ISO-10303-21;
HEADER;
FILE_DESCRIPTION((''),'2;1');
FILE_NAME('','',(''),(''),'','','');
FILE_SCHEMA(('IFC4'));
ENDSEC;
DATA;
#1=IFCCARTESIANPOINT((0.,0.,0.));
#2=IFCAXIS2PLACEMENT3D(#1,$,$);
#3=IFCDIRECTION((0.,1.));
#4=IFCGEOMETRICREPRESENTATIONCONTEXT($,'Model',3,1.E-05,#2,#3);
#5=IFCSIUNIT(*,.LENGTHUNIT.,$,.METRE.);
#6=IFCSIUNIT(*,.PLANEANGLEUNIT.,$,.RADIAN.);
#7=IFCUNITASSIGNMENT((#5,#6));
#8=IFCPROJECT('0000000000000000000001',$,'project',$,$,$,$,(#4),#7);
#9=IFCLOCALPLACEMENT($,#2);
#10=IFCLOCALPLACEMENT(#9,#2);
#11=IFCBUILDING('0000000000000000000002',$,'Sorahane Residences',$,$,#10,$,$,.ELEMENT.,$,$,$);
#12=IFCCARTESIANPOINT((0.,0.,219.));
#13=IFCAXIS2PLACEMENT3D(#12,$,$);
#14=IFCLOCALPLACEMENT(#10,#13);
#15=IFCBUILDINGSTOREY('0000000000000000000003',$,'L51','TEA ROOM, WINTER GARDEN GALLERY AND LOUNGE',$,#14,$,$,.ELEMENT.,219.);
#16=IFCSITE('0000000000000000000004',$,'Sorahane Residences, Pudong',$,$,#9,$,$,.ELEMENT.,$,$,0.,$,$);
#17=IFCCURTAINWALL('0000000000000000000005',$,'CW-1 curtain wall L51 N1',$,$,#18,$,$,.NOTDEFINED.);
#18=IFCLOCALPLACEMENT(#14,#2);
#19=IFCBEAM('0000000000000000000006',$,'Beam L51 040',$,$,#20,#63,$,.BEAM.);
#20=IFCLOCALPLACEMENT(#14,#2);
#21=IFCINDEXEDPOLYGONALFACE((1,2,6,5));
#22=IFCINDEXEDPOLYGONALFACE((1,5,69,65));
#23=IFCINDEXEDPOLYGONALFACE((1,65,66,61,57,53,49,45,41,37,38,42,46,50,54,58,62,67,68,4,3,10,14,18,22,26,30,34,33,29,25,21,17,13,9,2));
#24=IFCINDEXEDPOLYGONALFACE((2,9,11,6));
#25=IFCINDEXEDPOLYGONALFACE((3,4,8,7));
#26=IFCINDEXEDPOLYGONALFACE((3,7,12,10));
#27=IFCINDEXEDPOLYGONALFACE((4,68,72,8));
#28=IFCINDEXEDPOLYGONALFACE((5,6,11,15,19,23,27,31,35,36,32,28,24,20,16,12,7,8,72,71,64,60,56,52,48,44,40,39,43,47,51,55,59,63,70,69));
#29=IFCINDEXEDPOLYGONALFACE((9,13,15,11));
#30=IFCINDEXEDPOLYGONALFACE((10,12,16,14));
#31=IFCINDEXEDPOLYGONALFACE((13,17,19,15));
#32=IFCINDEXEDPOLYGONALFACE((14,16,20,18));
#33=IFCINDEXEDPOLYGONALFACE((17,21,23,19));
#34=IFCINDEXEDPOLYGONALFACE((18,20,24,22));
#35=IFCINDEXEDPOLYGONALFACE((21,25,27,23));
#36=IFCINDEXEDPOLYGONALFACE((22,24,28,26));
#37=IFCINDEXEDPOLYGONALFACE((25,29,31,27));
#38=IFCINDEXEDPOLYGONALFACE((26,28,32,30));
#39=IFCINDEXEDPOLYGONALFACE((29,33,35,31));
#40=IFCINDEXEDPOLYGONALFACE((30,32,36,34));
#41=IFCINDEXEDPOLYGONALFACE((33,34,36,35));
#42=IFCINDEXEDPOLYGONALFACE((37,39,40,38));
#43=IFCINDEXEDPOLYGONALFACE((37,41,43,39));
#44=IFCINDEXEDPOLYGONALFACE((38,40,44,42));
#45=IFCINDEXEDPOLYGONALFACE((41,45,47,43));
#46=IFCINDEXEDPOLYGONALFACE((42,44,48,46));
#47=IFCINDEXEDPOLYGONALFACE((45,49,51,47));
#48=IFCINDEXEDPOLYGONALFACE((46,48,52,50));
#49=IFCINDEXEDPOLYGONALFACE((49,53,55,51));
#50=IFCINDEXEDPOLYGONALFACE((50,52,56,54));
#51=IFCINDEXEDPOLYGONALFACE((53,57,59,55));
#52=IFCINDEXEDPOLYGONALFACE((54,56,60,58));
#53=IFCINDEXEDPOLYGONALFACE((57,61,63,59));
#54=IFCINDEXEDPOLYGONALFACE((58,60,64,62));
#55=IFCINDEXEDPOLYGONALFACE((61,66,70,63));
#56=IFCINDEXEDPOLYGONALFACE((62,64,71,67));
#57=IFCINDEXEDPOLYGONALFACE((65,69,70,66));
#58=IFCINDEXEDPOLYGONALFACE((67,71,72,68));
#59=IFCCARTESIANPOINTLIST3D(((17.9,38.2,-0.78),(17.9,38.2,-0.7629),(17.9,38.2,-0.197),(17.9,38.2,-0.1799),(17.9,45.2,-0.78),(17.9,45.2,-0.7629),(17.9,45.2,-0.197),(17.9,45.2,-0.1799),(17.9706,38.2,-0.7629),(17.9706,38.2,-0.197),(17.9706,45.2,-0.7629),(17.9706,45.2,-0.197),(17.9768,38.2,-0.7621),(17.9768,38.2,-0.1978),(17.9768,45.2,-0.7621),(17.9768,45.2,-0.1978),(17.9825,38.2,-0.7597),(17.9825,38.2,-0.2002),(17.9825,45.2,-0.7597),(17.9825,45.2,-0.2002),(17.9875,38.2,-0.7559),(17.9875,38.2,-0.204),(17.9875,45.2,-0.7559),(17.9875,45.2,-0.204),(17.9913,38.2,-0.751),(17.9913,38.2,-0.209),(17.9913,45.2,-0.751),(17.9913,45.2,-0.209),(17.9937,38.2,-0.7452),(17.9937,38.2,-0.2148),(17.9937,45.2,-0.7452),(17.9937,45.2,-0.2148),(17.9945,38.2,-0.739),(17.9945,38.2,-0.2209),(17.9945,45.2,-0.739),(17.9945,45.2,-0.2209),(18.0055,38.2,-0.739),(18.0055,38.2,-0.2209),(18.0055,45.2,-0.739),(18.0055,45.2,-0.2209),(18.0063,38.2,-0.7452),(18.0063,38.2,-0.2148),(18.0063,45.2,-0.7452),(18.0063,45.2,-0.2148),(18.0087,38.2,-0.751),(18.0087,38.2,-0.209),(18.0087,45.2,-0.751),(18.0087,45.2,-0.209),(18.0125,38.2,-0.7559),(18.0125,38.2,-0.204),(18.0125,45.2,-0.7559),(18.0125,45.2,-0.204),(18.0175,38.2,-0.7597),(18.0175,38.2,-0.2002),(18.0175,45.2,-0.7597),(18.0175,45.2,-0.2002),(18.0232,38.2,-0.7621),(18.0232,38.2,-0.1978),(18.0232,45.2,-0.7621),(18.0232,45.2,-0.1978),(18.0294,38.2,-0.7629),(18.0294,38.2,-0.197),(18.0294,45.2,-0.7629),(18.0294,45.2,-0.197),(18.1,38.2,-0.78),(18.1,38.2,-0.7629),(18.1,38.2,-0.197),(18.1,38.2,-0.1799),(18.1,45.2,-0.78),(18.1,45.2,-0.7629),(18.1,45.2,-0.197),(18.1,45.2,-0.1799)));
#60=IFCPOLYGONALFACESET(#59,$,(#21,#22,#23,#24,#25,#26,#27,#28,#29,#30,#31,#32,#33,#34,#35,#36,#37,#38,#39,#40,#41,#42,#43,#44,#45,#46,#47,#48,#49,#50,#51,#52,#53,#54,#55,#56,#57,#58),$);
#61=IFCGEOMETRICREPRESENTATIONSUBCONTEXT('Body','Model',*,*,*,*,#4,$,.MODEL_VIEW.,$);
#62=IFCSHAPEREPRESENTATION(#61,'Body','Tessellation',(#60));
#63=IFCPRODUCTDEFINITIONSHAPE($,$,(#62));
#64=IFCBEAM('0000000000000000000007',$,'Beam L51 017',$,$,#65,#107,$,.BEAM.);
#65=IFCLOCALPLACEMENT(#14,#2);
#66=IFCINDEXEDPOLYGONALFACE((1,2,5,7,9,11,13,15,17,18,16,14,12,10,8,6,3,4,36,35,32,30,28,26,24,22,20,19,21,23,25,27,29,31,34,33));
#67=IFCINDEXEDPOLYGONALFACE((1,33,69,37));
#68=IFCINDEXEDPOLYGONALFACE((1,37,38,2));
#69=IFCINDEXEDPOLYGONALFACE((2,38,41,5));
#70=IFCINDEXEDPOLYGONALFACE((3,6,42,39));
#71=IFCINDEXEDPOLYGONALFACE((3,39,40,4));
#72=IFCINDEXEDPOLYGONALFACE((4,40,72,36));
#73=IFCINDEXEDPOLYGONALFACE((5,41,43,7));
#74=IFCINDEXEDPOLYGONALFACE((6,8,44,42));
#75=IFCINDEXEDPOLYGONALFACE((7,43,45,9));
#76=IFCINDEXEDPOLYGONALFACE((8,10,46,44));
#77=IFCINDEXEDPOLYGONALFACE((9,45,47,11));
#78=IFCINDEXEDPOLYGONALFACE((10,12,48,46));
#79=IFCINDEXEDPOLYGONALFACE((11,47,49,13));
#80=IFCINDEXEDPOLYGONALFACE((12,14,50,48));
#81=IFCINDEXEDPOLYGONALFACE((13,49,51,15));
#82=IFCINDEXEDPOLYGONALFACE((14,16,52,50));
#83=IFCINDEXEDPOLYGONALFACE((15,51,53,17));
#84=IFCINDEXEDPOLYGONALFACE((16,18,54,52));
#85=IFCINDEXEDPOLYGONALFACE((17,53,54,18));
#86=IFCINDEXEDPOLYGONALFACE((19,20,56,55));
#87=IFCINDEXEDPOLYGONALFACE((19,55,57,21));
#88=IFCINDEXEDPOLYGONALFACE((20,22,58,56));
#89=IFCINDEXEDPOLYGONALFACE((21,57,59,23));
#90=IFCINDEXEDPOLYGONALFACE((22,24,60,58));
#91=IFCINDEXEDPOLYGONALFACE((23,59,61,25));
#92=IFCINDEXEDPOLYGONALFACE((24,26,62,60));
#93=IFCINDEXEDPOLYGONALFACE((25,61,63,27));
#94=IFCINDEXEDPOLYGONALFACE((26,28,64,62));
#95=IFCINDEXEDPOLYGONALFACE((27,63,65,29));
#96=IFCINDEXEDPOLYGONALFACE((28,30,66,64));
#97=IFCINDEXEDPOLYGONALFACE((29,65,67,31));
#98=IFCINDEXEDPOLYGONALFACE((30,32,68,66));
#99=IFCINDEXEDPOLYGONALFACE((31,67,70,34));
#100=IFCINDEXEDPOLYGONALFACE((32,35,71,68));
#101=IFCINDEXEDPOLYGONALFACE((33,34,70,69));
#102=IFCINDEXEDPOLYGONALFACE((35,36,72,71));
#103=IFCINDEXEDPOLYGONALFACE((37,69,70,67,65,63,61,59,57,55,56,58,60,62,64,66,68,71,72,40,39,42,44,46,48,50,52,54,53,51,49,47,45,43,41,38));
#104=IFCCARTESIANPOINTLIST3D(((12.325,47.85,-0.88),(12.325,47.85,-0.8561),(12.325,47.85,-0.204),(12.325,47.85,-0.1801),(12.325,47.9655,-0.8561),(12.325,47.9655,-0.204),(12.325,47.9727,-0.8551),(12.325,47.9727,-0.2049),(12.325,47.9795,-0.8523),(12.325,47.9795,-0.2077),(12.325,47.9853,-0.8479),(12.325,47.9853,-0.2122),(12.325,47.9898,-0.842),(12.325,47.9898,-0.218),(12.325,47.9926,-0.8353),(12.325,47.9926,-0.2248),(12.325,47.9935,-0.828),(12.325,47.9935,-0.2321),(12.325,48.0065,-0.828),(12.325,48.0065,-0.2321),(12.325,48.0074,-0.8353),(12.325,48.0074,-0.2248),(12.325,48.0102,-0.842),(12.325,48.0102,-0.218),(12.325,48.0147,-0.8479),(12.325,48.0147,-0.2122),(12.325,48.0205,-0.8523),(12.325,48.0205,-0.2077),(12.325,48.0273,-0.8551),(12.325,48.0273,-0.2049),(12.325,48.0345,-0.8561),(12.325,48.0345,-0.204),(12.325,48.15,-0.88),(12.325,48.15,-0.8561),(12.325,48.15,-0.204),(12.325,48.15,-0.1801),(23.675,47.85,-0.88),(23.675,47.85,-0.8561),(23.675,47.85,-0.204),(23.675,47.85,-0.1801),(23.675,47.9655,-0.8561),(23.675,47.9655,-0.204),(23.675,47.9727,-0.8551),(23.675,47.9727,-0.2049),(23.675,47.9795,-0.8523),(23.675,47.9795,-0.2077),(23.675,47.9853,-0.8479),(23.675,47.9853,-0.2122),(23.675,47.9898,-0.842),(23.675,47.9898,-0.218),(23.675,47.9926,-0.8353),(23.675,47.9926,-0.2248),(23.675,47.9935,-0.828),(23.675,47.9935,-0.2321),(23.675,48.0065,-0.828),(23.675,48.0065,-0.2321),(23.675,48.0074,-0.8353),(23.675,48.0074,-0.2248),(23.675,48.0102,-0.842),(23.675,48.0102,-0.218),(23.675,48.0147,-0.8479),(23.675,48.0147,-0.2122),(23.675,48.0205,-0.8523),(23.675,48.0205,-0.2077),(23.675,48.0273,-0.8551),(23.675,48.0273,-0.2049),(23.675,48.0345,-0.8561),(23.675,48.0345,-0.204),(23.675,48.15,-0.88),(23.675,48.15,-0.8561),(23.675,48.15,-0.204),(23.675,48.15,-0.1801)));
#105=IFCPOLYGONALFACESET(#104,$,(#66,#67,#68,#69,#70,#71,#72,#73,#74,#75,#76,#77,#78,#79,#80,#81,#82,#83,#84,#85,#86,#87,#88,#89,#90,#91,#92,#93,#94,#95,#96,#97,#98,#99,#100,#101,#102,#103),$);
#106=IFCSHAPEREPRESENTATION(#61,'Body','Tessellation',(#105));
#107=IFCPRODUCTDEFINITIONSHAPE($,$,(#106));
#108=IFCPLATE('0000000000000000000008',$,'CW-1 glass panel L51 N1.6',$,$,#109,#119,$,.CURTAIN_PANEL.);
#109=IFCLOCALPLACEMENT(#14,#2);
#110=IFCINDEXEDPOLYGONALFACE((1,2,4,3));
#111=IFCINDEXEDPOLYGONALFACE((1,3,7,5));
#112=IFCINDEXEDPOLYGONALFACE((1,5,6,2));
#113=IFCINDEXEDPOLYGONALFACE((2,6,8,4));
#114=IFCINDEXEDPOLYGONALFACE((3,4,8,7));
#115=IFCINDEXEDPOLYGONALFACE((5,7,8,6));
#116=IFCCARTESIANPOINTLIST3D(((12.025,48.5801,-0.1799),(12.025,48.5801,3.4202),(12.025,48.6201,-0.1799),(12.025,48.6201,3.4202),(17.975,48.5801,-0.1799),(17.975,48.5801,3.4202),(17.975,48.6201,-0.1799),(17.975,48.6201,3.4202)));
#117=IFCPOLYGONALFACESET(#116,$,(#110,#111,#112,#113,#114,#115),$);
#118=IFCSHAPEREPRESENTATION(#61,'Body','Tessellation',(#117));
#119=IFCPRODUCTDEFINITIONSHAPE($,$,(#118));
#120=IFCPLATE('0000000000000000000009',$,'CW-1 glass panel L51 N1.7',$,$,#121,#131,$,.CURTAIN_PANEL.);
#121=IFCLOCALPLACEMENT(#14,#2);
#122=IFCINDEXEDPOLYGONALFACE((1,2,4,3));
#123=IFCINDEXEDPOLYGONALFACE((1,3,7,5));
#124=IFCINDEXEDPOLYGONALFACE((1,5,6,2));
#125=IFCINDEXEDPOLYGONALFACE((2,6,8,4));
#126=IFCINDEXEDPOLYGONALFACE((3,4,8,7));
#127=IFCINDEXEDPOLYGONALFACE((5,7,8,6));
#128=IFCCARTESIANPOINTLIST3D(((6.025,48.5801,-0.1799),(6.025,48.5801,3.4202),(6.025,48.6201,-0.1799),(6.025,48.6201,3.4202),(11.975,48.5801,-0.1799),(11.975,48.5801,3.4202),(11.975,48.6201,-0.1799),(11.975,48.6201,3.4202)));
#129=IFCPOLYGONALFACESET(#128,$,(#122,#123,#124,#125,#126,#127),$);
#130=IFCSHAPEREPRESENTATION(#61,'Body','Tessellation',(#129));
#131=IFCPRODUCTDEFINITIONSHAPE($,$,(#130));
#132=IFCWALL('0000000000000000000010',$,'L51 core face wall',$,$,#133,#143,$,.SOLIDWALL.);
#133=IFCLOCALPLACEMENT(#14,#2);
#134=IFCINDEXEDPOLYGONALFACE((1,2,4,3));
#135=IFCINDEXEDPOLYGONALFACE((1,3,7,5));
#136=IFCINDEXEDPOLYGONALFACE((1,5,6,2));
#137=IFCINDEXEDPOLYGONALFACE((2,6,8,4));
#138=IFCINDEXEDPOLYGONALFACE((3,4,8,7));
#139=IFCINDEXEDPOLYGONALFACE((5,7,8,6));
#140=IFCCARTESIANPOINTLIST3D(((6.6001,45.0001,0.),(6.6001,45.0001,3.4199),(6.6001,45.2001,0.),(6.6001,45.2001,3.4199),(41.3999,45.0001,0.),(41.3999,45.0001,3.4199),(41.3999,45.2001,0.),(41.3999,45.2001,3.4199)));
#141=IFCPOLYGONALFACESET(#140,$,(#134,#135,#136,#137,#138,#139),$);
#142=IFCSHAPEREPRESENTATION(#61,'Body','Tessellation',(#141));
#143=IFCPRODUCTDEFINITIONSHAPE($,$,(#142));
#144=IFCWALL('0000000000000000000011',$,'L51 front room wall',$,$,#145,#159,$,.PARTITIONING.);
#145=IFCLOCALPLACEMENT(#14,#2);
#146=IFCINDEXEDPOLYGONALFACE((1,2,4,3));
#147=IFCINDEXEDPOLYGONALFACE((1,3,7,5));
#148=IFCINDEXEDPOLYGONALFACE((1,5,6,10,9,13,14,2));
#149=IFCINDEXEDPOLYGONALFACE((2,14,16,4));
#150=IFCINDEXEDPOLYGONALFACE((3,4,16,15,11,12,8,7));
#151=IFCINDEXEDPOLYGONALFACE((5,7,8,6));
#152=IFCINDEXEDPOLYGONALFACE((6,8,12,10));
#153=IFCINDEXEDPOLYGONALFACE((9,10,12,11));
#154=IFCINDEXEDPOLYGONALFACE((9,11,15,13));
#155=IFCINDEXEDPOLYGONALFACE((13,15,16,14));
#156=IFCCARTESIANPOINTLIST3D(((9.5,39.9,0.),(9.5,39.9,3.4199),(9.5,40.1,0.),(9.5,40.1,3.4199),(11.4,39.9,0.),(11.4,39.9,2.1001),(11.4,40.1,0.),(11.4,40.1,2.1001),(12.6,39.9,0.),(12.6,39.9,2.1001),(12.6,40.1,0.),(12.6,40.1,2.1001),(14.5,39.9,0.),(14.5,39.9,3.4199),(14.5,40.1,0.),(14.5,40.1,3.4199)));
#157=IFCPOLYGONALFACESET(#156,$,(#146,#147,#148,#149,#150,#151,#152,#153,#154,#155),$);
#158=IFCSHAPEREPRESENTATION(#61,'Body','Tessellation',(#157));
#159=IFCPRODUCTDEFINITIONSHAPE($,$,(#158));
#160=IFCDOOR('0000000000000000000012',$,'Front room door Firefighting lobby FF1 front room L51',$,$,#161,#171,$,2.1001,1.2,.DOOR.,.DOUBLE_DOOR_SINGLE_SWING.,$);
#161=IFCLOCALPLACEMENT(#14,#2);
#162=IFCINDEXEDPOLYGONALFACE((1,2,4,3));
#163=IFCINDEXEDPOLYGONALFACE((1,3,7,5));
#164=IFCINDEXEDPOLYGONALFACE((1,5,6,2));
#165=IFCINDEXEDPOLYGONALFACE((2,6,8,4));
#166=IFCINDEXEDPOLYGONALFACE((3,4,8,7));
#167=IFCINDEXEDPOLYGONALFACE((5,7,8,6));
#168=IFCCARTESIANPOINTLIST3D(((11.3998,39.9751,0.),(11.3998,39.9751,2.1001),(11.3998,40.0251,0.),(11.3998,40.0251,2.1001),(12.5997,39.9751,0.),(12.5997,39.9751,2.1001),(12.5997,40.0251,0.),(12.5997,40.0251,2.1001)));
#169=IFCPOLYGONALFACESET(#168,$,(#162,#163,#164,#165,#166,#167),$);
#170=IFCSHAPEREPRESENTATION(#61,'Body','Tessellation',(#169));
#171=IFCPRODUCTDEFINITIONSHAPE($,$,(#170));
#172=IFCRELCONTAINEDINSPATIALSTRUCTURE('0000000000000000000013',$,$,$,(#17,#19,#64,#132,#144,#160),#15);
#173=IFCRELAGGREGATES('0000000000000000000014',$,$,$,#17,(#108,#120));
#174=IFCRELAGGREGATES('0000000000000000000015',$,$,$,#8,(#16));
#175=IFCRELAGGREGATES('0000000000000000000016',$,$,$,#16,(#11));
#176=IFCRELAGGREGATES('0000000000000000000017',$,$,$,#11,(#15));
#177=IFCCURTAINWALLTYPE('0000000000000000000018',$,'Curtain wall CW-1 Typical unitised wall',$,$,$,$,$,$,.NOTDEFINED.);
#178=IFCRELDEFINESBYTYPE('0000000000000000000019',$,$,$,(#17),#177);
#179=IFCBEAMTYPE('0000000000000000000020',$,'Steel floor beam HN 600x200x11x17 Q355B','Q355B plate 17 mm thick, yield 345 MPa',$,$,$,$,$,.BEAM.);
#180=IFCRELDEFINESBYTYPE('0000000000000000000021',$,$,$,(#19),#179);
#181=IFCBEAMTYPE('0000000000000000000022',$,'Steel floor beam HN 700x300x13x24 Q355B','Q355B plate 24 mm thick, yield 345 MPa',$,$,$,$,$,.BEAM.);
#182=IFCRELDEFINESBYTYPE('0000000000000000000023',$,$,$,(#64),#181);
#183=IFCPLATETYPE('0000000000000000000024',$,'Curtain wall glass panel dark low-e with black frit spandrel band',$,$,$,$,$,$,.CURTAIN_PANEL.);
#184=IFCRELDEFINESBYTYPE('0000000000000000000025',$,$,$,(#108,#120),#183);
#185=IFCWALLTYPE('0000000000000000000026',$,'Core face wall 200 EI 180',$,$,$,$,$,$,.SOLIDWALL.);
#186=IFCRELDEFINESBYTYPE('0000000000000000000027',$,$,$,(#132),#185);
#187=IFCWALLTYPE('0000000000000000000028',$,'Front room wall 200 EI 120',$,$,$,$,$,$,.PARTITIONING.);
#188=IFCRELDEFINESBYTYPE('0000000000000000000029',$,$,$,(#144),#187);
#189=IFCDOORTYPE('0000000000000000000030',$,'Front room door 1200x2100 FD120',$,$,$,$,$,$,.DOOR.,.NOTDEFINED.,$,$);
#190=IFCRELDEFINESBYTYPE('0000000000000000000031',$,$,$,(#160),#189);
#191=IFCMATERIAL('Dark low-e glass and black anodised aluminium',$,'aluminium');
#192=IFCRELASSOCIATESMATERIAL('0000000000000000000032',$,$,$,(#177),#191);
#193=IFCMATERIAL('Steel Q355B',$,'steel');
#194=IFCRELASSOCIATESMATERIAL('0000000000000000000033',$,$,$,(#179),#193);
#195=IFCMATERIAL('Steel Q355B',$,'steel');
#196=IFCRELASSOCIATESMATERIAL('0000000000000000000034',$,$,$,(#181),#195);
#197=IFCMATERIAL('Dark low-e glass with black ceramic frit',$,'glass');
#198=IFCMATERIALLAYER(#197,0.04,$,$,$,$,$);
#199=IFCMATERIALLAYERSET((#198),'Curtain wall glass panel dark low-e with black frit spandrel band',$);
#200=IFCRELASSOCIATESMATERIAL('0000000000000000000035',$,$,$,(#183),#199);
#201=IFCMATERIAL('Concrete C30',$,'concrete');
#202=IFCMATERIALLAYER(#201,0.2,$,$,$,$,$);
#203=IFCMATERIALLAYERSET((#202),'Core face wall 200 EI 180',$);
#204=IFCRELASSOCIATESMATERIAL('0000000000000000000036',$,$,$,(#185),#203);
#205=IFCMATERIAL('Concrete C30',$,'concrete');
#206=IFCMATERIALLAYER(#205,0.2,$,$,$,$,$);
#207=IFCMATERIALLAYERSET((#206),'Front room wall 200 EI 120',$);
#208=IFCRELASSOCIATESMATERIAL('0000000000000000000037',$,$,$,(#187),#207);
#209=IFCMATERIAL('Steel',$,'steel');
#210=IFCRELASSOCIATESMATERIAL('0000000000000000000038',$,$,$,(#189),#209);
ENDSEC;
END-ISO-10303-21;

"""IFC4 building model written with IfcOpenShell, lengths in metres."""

from ifc_helpers import new_model, si_unit, direction, frame, frame_2d, origin, origin_2d, place, context, subcontext, project, spatial, rectangle, i_section, extrude, material, layer, layer_set, material_profile, profile_set, type_object, element, fill, aggregate, save


model = new_model("IFC4")

# Units and contexts
model_context = context("Model", 3, precision=1e-05, world=origin(), true_north=direction((0.0, 1.0)))
body_context = subcontext(model_context, "Body", "Model", "MODEL_VIEW")
ifc_project = project(units=[si_unit("LENGTHUNIT", "METRE"), si_unit("PLANEANGLEUNIT", "RADIAN")], contexts=[model_context])

# Site, building, storey
site_placement = place(None, origin())
site = spatial("IfcSite", under=ifc_project, at=site_placement, Name="Sorahane Residences, Pudong", CompositionType="ELEMENT", RefElevation=0.0)
building_placement = place(site_placement, origin())
building = spatial("IfcBuilding", under=site, at=building_placement, Name="Sorahane Residences", CompositionType="ELEMENT")
storey_placement = place(building_placement, frame((0.0, 0.0, 219.0)))
storey = spatial("IfcBuildingStorey", under=building, at=storey_placement, Name="L51", Description="TEA ROOM, WINTER GARDEN GALLERY AND LOUNGE", CompositionType="ELEMENT", Elevation=219.0)

# Curtain wall
ifc_material_1 = material(Name="Dark low-e glass and black anodised aluminium", Category="aluminium")
curtain_wall_type = type_object("IfcCurtainWallType", Name="Curtain wall CW-1 Typical unitised wall", PredefinedType="NOTDEFINED", material=ifc_material_1)
curtain_wall_placement = place(storey_placement, origin())
curtain_wall = element("IfcCurtainWall", 1, at=curtain_wall_placement, inside=storey, type_object=curtain_wall_type, Name="CW-1 curtain wall L51 N1", PredefinedType="NOTDEFINED")

# Beams
ifc_material_2 = material(Name="Steel Q355B", Category="steel")
ifc_material_profile_1 = material_profile(ifc_material_2, i_section(OverallWidth=0.2, OverallDepth=0.6001, WebThickness=0.011, FlangeThickness=0.0171, FilletRadius=0.0239, at=origin_2d()), Name="HN 600x200x11x17")
ifc_profile_set_1 = profile_set([ifc_material_profile_1], Name="Steel Q355B")
beam_type_1 = type_object("IfcBeamType", Name="Steel floor beam HN 600x200x11x17 Q355B", Description="Q355B plate 17 mm thick, yield 345 MPa", PredefinedType="BEAM", material=ifc_profile_set_1)
for number, where, z_axis, x_axis, name in (
    (2, (18.0, 38.2, -0.48), (0.0, 1.0, 0.0), (-1.0, 0.0, 0.0), "Beam L51 040"),
):
    element("IfcBeam", number, at=place(storey_placement, frame(where, z_axis=z_axis, x_axis=x_axis)), inside=storey, type_object=beam_type_1, Name=name, PredefinedType="BEAM", context=body_context, shape_type="SweptSolid", body=[
        extrude(i_section(OverallWidth=0.2, OverallDepth=0.6001, WebThickness=0.011, FlangeThickness=0.0171, FilletRadius=0.0239, at=origin_2d()), origin(), (0.0, 0.0, 1.0), 7.0),
    ])
ifc_material_3 = material(Name="Steel Q355B", Category="steel")
ifc_material_profile_2 = material_profile(ifc_material_3, i_section(OverallWidth=0.3, OverallDepth=0.7, WebThickness=0.0129, FlangeThickness=0.0239, FilletRadius=0.0281, at=origin_2d()), Name="HN 700x300x13x24")
ifc_profile_set_2 = profile_set([ifc_material_profile_2], Name="Steel Q355B")
beam_type_2 = type_object("IfcBeamType", Name="Steel floor beam HN 700x300x13x24 Q355B", Description="Q355B plate 24 mm thick, yield 345 MPa", PredefinedType="BEAM", material=ifc_profile_set_2)
beam_1_placement = place(storey_placement, frame((12.325, 48.0, -0.53), z_axis=(1.0, 0.0, 0.0), x_axis=(0.0, 1.0, 0.0)))
element("IfcBeam", 3, at=beam_1_placement, inside=storey, type_object=beam_type_2, Name="Beam L51 017", PredefinedType="BEAM", context=body_context, shape_type="SweptSolid", body=[
    extrude(i_section(OverallWidth=0.3, OverallDepth=0.7, WebThickness=0.0129, FlangeThickness=0.0239, FilletRadius=0.0281, at=origin_2d()), origin(), (0.0, 0.0, 1.0), 11.3501),
])

# Plates
ifc_material_4 = material(Name="Dark low-e glass with black ceramic frit", Category="glass")
ifc_layer_1 = layer(ifc_material_4, 0.04)
ifc_layer_set_1 = layer_set([ifc_layer_1], Name="Curtain wall glass panel dark low-e with black frit spandrel band")
plate_type = type_object("IfcPlateType", Name="Curtain wall glass panel dark low-e with black frit spandrel band", PredefinedType="CURTAIN_PANEL", material=ifc_layer_set_1)
plate_1_placement = place(storey_placement, frame((15.0, 48.6001, -0.1799), z_axis=(0.0, 0.0, 1.0), x_axis=(-1.0, 0.0, 0.0)))
plate_1 = element("IfcPlate", 4, at=plate_1_placement, type_object=plate_type, Name="CW-1 glass panel L51 N1.6", PredefinedType="CURTAIN_PANEL", context=body_context, shape_type="SweptSolid", body=[
    extrude(rectangle(XDim=5.95, YDim=0.04, at=origin_2d()), origin(), (0.0, 0.0, 1.0), 3.6001),
])
plate_2_placement = place(storey_placement, frame((9.0, 48.6001, -0.1799), z_axis=(0.0, 0.0, 1.0), x_axis=(-1.0, 0.0, 0.0)))
plate_2 = element("IfcPlate", 5, at=plate_2_placement, type_object=plate_type, Name="CW-1 glass panel L51 N1.7", PredefinedType="CURTAIN_PANEL", context=body_context, shape_type="SweptSolid", body=[
    extrude(rectangle(XDim=5.95, YDim=0.04, at=origin_2d()), origin(), (0.0, 0.0, 1.0), 3.6001),
])
aggregate(curtain_wall, [plate_1, plate_2])

# Wall
ifc_material_5 = material(Name="Concrete C30", Category="concrete")
ifc_layer_2 = layer(ifc_material_5, 0.2)
ifc_layer_set_2 = layer_set([ifc_layer_2], Name="Core face wall 200 EI 180")
wall_type_1 = type_object("IfcWallType", Name="Core face wall 200 EI 180", PredefinedType="SOLIDWALL", material=ifc_layer_set_2)
wall_1_placement = place(storey_placement, frame((6.6001, 45.1001, 0.0), z_axis=(0.0, 0.0, 1.0), x_axis=(1.0, 0.0, 0.0)))
element("IfcWall", 6, at=wall_1_placement, inside=storey, type_object=wall_type_1, Name="L51 core face wall", PredefinedType="SOLIDWALL", context=body_context, shape_type="SweptSolid", body=[
    extrude(rectangle(XDim=34.7998, YDim=0.2, at=frame_2d((17.3999, 0.0))), origin(), (0.0, 0.0, 1.0), 3.4199),
])

# Wall, opening, door
ifc_material_6 = material(Name="Concrete C30", Category="concrete")
ifc_layer_3 = layer(ifc_material_6, 0.2)
ifc_layer_set_3 = layer_set([ifc_layer_3], Name="Front room wall 200 EI 120")
wall_type_2 = type_object("IfcWallType", Name="Front room wall 200 EI 120", PredefinedType="PARTITIONING", material=ifc_layer_set_3)
wall_2_placement = place(storey_placement, frame((9.5, 40.0, 0.0), z_axis=(0.0, 0.0, 1.0), x_axis=(1.0, 0.0, 0.0)))
wall_2 = element("IfcWall", 7, at=wall_2_placement, inside=storey, type_object=wall_type_2, Name="L51 front room wall", PredefinedType="PARTITIONING", context=body_context, shape_type="SweptSolid", body=[
    extrude(rectangle(XDim=5.0, YDim=0.2, at=frame_2d((2.5, 0.0))), origin(), (0.0, 0.0, 1.0), 3.4199),
])
opening_placement = place(wall_2_placement, frame((1.8999, 0.0, 0.0)))
opening = element("IfcOpeningElement", 8, at=opening_placement, cuts=wall_2, PredefinedType="OPENING", context=body_context, shape_type="SweptSolid", body=[
    extrude(rectangle(XDim=1.2, YDim=2.1001, at=frame_2d((0.6001, 1.05))), frame((0.0, 0.1099, 0.0), z_axis=(0.0, -1.0, 0.0), x_axis=(1.0, 0.0, 0.0)), (0.0, 0.0, 1.0), 0.22),
])
ifc_material_7 = material(Name="Steel", Category="steel")
door_type = type_object("IfcDoorType", Name="Front room door 1200x2100 FD120", OperationType="NOTDEFINED", PredefinedType="DOOR", material=ifc_material_7)
door_placement = place(opening_placement, frame((1.2, 0.0, 0.0), z_axis=(0.0, 0.0, 1.0), x_axis=(-1.0, 0.0, 0.0)))
door = element("IfcDoor", 9, at=door_placement, inside=storey, type_object=door_type, Name="Front room door Firefighting lobby FF1 front room L51", OperationType="DOUBLE_DOOR_SINGLE_SWING", OverallHeight=2.1001, OverallWidth=1.2, PredefinedType="DOOR", context=body_context, shape_type="SweptSolid", body=[
    extrude(rectangle(XDim=1.2, YDim=2.1001, at=frame_2d((0.6001, 1.05))), frame((0.0, 0.0249, 0.0), z_axis=(0.0, -1.0, 0.0), x_axis=(1.0, 0.0, 0.0)), (0.0, 0.0, 1.0), 0.05),
])
fill(opening, door)

save(model, "model.ifc")
